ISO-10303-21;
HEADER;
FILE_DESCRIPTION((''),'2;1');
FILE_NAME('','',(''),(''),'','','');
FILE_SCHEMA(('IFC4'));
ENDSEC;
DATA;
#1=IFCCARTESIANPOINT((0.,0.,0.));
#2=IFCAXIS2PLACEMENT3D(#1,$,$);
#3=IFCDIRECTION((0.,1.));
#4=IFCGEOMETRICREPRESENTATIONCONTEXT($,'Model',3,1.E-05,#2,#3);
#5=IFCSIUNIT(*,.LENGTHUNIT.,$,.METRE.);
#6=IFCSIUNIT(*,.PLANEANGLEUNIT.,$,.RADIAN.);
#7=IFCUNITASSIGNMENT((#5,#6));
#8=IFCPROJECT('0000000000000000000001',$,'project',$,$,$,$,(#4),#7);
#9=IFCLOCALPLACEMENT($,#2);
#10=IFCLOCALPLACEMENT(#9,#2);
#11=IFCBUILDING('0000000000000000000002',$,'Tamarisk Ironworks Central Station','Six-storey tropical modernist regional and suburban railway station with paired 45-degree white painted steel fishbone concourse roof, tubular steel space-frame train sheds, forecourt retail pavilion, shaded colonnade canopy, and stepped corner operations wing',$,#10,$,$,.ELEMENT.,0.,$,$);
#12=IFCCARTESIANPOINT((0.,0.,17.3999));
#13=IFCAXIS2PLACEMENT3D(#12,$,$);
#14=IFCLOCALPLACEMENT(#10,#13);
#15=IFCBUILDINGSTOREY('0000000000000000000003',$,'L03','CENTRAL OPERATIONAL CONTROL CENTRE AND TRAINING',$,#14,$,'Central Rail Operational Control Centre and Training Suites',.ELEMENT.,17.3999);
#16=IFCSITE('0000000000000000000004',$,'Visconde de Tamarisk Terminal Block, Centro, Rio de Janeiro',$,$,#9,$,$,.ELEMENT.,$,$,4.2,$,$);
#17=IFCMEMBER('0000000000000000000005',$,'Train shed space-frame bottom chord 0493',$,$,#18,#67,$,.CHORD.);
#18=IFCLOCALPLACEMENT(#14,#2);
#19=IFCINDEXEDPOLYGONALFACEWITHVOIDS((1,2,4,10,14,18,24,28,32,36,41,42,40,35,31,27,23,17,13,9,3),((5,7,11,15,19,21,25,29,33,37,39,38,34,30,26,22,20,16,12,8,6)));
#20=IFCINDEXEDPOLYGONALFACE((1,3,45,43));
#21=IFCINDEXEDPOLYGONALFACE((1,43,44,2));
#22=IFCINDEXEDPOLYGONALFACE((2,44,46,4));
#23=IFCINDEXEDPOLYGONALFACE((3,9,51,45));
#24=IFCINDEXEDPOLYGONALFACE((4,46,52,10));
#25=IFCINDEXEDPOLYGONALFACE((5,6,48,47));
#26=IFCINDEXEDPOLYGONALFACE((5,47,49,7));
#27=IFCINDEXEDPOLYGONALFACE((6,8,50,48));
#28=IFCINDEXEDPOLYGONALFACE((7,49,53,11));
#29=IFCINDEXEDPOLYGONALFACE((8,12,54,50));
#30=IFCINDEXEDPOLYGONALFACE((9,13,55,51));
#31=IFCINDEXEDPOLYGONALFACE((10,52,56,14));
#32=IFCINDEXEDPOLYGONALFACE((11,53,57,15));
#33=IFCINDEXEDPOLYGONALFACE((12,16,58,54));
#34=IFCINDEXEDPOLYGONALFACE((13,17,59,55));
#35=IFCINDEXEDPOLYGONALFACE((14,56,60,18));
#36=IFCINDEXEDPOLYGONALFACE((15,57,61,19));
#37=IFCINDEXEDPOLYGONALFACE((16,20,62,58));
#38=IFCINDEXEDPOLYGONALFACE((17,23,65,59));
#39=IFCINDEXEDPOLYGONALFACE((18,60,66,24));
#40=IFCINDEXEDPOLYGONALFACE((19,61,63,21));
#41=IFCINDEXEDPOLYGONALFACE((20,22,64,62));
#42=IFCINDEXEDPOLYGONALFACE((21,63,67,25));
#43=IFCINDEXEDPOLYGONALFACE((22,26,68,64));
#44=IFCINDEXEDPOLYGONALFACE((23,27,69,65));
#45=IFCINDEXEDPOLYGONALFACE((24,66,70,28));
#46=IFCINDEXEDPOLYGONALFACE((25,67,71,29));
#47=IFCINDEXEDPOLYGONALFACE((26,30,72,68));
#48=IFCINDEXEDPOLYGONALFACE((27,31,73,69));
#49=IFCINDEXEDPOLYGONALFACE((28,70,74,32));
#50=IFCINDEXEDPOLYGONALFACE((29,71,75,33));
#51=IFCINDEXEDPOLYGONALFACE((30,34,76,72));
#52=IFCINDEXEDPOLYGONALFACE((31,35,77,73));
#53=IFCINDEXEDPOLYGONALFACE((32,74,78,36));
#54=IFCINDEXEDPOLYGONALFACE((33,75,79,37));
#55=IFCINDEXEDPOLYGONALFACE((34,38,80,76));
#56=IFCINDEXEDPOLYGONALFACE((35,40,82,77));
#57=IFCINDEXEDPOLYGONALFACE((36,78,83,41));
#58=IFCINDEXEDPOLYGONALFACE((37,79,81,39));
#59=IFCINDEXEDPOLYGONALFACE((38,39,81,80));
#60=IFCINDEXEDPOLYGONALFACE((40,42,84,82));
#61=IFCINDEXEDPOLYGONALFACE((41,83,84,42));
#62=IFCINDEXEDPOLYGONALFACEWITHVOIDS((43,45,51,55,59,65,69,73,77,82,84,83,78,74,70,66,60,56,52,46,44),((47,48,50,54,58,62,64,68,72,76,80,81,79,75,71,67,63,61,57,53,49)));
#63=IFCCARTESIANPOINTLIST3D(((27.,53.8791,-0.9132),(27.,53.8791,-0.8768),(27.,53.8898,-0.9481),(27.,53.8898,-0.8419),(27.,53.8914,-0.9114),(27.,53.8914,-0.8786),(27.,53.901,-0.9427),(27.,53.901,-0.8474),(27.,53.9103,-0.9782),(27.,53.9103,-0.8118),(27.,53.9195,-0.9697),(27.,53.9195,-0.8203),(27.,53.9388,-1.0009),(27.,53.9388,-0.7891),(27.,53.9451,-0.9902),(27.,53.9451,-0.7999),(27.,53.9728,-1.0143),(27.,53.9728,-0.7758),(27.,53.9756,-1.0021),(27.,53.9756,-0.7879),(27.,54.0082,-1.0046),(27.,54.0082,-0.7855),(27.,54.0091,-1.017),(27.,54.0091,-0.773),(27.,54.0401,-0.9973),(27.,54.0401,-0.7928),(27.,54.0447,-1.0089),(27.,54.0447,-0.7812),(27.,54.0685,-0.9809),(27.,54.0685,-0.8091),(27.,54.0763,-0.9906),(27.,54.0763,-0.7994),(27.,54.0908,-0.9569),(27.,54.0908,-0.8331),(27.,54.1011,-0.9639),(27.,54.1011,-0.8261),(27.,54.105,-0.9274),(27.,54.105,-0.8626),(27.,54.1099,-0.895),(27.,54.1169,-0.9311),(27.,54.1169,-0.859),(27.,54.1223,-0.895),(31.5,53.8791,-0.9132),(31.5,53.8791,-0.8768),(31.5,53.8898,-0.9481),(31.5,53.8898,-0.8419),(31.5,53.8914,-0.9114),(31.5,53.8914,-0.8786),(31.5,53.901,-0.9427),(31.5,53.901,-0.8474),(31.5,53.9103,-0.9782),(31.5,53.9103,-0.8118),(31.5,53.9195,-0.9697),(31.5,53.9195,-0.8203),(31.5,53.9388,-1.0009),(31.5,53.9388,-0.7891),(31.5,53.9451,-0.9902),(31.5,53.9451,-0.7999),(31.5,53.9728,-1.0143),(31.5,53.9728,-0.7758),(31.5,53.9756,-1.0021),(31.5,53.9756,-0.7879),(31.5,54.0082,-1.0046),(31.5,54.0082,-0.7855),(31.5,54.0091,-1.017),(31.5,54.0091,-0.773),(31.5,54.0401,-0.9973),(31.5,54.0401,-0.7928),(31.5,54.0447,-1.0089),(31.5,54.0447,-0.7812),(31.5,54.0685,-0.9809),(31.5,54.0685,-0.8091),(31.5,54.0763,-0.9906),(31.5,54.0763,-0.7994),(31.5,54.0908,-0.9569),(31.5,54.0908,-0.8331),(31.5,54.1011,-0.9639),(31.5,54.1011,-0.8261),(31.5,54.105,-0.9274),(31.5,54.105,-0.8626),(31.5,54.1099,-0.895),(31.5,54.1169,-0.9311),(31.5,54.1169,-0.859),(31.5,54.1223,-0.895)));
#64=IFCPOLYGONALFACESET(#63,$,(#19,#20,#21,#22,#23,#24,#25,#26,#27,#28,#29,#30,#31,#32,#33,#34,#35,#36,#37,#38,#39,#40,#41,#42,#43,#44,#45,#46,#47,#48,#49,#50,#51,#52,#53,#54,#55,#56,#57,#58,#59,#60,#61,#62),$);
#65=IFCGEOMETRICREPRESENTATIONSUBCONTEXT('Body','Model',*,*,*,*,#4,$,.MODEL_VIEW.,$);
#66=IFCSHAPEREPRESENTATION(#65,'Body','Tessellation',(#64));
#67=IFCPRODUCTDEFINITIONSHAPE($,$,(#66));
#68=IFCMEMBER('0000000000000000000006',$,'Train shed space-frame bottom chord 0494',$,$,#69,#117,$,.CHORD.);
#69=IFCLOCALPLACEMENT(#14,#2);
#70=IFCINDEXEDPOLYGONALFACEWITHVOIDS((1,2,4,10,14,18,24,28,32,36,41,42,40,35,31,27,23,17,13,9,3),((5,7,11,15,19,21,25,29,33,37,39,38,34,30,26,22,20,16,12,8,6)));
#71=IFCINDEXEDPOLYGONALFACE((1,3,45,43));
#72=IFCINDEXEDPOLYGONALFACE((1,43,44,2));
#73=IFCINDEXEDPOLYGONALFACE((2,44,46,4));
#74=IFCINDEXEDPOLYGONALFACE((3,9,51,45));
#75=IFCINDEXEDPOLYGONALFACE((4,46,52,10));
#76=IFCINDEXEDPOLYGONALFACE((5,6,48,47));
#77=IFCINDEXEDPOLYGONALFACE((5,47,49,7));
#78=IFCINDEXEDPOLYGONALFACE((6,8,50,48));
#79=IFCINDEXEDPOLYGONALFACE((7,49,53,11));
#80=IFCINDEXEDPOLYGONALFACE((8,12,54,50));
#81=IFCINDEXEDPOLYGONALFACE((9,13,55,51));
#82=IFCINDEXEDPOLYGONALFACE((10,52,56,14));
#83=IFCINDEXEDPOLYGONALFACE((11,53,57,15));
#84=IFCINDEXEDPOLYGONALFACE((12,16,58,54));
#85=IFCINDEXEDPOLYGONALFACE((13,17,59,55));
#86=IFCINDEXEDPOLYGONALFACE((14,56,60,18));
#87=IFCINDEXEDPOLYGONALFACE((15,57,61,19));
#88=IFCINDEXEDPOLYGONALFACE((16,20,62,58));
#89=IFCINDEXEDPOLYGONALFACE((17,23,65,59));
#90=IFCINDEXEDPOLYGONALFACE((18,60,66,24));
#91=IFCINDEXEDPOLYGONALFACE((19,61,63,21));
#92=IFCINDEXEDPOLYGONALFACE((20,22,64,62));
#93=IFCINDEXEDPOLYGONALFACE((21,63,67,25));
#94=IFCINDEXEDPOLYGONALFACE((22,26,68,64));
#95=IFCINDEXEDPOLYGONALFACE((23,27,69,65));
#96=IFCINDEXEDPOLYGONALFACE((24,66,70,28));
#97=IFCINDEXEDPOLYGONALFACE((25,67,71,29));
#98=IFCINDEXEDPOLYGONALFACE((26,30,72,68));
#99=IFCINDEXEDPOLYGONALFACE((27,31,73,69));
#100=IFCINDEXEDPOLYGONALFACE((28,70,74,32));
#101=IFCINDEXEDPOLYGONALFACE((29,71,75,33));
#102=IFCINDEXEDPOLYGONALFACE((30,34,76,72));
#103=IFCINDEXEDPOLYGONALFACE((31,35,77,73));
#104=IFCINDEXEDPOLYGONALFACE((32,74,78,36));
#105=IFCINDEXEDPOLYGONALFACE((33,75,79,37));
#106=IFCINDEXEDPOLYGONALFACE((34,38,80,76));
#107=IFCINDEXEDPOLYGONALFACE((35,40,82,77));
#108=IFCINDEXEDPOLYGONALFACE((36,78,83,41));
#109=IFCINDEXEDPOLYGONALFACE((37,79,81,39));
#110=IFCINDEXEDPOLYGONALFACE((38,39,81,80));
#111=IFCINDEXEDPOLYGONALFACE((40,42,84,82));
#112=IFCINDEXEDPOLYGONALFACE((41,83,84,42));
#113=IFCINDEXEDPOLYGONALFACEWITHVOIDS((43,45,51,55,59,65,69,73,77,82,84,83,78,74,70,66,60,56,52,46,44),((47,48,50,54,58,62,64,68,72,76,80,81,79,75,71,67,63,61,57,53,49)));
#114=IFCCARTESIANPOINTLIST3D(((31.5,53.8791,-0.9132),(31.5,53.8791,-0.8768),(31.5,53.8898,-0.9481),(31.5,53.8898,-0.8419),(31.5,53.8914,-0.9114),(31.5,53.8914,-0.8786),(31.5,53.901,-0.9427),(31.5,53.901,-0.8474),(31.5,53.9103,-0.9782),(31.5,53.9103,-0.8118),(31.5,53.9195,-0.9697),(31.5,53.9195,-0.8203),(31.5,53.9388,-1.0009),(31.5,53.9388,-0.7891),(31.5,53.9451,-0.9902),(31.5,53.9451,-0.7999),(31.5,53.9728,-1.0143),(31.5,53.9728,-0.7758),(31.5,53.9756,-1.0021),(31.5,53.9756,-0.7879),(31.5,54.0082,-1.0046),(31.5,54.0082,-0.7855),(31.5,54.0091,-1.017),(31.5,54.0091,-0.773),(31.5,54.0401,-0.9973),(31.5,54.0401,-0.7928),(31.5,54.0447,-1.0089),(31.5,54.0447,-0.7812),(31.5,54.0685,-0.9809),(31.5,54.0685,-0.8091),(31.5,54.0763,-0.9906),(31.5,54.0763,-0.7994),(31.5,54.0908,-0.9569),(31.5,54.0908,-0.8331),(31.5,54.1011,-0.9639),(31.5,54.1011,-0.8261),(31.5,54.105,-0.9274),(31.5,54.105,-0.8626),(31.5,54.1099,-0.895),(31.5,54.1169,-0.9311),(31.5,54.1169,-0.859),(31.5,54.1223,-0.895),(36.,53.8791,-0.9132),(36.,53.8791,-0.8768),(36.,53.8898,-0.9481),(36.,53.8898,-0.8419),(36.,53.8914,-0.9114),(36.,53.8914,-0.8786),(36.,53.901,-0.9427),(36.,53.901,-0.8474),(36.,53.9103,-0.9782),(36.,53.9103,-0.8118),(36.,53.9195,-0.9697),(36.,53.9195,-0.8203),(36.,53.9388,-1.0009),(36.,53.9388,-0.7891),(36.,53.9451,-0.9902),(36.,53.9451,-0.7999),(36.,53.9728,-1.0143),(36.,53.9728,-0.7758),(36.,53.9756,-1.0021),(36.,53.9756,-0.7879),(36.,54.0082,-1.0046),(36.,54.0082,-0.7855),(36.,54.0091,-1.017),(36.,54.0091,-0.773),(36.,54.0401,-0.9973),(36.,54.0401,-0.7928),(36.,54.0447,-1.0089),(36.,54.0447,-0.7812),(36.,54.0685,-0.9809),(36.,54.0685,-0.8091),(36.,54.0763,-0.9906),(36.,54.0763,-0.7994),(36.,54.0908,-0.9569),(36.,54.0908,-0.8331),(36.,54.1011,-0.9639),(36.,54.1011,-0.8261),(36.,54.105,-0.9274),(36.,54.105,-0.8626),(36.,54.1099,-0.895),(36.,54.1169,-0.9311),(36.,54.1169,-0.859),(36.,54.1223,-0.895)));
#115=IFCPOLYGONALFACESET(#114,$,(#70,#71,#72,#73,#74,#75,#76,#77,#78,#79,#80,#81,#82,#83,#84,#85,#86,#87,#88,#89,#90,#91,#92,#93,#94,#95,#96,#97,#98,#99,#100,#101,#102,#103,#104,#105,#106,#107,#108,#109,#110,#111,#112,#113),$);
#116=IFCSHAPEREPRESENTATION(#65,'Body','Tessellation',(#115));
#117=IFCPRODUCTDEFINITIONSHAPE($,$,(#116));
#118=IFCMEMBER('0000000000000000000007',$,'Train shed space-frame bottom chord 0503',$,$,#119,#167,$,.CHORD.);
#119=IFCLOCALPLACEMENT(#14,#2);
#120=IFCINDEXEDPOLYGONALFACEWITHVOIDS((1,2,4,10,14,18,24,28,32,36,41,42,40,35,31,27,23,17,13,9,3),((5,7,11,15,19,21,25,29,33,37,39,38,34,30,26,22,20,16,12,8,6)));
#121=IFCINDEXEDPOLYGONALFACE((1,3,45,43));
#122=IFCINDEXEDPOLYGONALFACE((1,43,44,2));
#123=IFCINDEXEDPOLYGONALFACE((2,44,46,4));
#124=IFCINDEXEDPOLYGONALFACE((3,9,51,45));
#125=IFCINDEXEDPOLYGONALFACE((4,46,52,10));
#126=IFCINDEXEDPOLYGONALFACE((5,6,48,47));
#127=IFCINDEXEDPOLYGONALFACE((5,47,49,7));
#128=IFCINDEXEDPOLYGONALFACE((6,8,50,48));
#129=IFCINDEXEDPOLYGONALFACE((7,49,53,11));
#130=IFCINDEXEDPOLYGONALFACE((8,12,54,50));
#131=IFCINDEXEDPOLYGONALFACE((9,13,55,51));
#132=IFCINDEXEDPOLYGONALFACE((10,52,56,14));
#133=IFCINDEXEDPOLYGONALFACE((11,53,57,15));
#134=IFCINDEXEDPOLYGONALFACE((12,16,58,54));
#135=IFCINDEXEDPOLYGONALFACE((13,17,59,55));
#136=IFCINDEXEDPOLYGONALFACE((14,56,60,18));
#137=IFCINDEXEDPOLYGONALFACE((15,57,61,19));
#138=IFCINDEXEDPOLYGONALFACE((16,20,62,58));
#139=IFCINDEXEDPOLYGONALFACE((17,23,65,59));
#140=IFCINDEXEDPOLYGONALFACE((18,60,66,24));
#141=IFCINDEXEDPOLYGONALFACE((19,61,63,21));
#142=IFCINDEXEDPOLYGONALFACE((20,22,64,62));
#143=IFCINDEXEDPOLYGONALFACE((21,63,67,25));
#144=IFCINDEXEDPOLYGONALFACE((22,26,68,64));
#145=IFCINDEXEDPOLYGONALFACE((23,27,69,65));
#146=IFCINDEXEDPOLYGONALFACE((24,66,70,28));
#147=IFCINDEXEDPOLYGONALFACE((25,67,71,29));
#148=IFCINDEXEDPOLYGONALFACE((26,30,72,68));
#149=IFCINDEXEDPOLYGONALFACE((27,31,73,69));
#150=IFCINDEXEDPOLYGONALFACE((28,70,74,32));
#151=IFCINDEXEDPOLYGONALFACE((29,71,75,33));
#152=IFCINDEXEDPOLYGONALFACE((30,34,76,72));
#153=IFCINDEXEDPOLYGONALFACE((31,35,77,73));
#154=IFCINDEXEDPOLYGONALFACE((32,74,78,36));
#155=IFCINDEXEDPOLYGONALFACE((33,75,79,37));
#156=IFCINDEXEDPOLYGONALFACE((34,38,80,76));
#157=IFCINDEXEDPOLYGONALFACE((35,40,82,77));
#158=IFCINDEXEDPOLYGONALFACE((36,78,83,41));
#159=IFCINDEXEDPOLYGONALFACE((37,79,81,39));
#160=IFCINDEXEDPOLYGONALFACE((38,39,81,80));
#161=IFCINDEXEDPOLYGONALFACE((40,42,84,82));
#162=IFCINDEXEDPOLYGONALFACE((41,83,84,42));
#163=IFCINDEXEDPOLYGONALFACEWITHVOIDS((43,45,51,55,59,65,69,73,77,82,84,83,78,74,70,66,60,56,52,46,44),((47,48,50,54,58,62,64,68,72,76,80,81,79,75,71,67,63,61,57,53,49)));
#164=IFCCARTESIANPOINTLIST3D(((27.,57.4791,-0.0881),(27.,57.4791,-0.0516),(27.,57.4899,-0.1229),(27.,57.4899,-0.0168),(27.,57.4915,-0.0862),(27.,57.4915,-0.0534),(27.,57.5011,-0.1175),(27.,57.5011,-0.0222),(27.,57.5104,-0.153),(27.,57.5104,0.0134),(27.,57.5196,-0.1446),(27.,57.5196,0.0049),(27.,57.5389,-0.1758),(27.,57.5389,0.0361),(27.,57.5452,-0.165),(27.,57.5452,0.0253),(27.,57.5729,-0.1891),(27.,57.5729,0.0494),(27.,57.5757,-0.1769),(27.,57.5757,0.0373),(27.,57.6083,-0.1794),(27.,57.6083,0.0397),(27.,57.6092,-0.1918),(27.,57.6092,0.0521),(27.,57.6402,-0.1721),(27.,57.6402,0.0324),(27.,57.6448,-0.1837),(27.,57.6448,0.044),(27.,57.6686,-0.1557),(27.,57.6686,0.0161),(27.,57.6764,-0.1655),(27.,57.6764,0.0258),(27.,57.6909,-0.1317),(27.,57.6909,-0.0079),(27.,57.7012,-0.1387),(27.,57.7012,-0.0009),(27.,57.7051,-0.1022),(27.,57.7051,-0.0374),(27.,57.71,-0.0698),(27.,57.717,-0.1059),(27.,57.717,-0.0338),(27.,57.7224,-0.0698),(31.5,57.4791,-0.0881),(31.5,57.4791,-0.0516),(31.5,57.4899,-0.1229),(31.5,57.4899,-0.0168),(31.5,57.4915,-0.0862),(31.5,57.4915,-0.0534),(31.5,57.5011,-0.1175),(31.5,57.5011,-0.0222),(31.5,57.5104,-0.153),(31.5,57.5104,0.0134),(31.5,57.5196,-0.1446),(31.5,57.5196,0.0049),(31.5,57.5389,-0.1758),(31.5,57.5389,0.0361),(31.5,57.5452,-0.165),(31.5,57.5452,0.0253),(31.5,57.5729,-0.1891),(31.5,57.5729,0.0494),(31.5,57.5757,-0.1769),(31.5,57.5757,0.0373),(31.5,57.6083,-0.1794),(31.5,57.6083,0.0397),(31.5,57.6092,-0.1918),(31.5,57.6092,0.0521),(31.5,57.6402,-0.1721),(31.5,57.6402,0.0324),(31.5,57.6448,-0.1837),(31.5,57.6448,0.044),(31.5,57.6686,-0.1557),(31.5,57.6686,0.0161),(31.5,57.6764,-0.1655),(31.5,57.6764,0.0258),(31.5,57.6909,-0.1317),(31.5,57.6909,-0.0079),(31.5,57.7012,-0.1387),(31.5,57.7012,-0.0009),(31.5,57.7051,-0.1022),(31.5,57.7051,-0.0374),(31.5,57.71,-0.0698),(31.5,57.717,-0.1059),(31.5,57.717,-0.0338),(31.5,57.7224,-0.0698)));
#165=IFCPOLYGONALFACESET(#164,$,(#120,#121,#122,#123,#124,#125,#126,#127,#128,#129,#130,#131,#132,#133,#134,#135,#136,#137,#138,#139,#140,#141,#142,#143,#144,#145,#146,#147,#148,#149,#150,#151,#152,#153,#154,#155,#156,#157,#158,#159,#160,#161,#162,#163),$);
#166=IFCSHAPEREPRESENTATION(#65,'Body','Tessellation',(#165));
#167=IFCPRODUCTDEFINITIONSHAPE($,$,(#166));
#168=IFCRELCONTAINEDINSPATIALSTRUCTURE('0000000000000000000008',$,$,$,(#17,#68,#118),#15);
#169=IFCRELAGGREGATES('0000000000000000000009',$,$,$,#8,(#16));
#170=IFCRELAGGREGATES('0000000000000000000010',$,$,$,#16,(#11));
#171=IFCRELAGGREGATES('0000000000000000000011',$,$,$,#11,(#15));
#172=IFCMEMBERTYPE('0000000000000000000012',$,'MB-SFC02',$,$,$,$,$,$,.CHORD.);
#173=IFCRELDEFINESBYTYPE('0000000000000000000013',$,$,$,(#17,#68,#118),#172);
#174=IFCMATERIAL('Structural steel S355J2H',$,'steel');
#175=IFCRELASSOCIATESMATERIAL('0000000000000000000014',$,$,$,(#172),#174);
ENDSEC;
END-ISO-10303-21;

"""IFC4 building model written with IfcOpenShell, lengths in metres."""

from ifc_helpers import new_model, si_unit, direction, frame, origin, origin_2d, place, context, subcontext, project, spatial, hollow_circle, extrude, material, material_profile, profile_set, type_object, element, save


model = new_model("IFC4")

# Units and contexts
model_context = context("Model", 3, precision=1e-05, world=origin(), true_north=direction((0.0, 1.0)))
body_context = subcontext(model_context, "Body", "Model", "MODEL_VIEW")
ifc_project = project(units=[si_unit("LENGTHUNIT", "METRE"), si_unit("PLANEANGLEUNIT", "RADIAN")], contexts=[model_context])

# Site, building, storey
site_placement = place(None, origin())
site = spatial("IfcSite", under=ifc_project, at=site_placement, Name="Visconde de Tamarisk Terminal Block, Centro, Rio de Janeiro", CompositionType="ELEMENT", RefElevation=4.2)
building_placement = place(site_placement, origin())
building = spatial("IfcBuilding", under=site, at=building_placement, Name="Tamarisk Ironworks Central Station", Description="Six-storey tropical modernist regional and suburban railway station with paired 45-degree white painted steel fishbone concourse roof, tubular steel space-frame train sheds, forecourt retail pavilion, shaded colonnade canopy, and stepped corner operations wing", CompositionType="ELEMENT", ElevationOfRefHeight=0.0)
storey_placement = place(building_placement, frame((0.0, 0.0, 17.3999)))
storey = spatial("IfcBuildingStorey", under=building, at=storey_placement, Name="L03", Description="CENTRAL OPERATIONAL CONTROL CENTRE AND TRAINING", LongName="Central Rail Operational Control Centre and Training Suites", CompositionType="ELEMENT", Elevation=17.3999)

# Members
ifc_material_1 = material(Name="Structural steel S355J2H", Category="steel")
ifc_material_profile_1 = material_profile(ifc_material_1, hollow_circle(Radius=0.1223, WallThickness=0.0125, at=origin_2d()), Name="CHS 244.5x12.5")
ifc_profile_set_1 = profile_set([ifc_material_profile_1], Name="Structural steel S355J2H")
member_type_1 = type_object("IfcMemberType", Name="MB-SFC02", PredefinedType="CHORD", material=ifc_profile_set_1)
for number, where, z_axis, x_axis, name in (
    (1, (27.0, 54.0, -0.895), (1.0, 0.0, 0.0), (0.0, 1.0, 0.0), "Train shed space-frame bottom chord 0493"),
    (2, (31.5, 54.0, -0.895), (1.0, 0.0, 0.0), (0.0, 1.0, 0.0), "Train shed space-frame bottom chord 0494"),
    (3, (27.0, 57.6001, -0.0698), (1.0, 0.0, 0.0), (0.0, 1.0, 0.0), "Train shed space-frame bottom chord 0503"),
):
    element("IfcMember", number, at=place(storey_placement, frame(where, z_axis=z_axis, x_axis=x_axis)), inside=storey, type_object=member_type_1, Name=name, PredefinedType="CHORD", context=body_context, shape_type="SweptSolid", body=[
        extrude(hollow_circle(Radius=0.1223, WallThickness=0.0125, at=origin_2d()), origin(), (0.0, 0.0, 1.0), 4.5),
    ])

save(model, "model.ifc")
